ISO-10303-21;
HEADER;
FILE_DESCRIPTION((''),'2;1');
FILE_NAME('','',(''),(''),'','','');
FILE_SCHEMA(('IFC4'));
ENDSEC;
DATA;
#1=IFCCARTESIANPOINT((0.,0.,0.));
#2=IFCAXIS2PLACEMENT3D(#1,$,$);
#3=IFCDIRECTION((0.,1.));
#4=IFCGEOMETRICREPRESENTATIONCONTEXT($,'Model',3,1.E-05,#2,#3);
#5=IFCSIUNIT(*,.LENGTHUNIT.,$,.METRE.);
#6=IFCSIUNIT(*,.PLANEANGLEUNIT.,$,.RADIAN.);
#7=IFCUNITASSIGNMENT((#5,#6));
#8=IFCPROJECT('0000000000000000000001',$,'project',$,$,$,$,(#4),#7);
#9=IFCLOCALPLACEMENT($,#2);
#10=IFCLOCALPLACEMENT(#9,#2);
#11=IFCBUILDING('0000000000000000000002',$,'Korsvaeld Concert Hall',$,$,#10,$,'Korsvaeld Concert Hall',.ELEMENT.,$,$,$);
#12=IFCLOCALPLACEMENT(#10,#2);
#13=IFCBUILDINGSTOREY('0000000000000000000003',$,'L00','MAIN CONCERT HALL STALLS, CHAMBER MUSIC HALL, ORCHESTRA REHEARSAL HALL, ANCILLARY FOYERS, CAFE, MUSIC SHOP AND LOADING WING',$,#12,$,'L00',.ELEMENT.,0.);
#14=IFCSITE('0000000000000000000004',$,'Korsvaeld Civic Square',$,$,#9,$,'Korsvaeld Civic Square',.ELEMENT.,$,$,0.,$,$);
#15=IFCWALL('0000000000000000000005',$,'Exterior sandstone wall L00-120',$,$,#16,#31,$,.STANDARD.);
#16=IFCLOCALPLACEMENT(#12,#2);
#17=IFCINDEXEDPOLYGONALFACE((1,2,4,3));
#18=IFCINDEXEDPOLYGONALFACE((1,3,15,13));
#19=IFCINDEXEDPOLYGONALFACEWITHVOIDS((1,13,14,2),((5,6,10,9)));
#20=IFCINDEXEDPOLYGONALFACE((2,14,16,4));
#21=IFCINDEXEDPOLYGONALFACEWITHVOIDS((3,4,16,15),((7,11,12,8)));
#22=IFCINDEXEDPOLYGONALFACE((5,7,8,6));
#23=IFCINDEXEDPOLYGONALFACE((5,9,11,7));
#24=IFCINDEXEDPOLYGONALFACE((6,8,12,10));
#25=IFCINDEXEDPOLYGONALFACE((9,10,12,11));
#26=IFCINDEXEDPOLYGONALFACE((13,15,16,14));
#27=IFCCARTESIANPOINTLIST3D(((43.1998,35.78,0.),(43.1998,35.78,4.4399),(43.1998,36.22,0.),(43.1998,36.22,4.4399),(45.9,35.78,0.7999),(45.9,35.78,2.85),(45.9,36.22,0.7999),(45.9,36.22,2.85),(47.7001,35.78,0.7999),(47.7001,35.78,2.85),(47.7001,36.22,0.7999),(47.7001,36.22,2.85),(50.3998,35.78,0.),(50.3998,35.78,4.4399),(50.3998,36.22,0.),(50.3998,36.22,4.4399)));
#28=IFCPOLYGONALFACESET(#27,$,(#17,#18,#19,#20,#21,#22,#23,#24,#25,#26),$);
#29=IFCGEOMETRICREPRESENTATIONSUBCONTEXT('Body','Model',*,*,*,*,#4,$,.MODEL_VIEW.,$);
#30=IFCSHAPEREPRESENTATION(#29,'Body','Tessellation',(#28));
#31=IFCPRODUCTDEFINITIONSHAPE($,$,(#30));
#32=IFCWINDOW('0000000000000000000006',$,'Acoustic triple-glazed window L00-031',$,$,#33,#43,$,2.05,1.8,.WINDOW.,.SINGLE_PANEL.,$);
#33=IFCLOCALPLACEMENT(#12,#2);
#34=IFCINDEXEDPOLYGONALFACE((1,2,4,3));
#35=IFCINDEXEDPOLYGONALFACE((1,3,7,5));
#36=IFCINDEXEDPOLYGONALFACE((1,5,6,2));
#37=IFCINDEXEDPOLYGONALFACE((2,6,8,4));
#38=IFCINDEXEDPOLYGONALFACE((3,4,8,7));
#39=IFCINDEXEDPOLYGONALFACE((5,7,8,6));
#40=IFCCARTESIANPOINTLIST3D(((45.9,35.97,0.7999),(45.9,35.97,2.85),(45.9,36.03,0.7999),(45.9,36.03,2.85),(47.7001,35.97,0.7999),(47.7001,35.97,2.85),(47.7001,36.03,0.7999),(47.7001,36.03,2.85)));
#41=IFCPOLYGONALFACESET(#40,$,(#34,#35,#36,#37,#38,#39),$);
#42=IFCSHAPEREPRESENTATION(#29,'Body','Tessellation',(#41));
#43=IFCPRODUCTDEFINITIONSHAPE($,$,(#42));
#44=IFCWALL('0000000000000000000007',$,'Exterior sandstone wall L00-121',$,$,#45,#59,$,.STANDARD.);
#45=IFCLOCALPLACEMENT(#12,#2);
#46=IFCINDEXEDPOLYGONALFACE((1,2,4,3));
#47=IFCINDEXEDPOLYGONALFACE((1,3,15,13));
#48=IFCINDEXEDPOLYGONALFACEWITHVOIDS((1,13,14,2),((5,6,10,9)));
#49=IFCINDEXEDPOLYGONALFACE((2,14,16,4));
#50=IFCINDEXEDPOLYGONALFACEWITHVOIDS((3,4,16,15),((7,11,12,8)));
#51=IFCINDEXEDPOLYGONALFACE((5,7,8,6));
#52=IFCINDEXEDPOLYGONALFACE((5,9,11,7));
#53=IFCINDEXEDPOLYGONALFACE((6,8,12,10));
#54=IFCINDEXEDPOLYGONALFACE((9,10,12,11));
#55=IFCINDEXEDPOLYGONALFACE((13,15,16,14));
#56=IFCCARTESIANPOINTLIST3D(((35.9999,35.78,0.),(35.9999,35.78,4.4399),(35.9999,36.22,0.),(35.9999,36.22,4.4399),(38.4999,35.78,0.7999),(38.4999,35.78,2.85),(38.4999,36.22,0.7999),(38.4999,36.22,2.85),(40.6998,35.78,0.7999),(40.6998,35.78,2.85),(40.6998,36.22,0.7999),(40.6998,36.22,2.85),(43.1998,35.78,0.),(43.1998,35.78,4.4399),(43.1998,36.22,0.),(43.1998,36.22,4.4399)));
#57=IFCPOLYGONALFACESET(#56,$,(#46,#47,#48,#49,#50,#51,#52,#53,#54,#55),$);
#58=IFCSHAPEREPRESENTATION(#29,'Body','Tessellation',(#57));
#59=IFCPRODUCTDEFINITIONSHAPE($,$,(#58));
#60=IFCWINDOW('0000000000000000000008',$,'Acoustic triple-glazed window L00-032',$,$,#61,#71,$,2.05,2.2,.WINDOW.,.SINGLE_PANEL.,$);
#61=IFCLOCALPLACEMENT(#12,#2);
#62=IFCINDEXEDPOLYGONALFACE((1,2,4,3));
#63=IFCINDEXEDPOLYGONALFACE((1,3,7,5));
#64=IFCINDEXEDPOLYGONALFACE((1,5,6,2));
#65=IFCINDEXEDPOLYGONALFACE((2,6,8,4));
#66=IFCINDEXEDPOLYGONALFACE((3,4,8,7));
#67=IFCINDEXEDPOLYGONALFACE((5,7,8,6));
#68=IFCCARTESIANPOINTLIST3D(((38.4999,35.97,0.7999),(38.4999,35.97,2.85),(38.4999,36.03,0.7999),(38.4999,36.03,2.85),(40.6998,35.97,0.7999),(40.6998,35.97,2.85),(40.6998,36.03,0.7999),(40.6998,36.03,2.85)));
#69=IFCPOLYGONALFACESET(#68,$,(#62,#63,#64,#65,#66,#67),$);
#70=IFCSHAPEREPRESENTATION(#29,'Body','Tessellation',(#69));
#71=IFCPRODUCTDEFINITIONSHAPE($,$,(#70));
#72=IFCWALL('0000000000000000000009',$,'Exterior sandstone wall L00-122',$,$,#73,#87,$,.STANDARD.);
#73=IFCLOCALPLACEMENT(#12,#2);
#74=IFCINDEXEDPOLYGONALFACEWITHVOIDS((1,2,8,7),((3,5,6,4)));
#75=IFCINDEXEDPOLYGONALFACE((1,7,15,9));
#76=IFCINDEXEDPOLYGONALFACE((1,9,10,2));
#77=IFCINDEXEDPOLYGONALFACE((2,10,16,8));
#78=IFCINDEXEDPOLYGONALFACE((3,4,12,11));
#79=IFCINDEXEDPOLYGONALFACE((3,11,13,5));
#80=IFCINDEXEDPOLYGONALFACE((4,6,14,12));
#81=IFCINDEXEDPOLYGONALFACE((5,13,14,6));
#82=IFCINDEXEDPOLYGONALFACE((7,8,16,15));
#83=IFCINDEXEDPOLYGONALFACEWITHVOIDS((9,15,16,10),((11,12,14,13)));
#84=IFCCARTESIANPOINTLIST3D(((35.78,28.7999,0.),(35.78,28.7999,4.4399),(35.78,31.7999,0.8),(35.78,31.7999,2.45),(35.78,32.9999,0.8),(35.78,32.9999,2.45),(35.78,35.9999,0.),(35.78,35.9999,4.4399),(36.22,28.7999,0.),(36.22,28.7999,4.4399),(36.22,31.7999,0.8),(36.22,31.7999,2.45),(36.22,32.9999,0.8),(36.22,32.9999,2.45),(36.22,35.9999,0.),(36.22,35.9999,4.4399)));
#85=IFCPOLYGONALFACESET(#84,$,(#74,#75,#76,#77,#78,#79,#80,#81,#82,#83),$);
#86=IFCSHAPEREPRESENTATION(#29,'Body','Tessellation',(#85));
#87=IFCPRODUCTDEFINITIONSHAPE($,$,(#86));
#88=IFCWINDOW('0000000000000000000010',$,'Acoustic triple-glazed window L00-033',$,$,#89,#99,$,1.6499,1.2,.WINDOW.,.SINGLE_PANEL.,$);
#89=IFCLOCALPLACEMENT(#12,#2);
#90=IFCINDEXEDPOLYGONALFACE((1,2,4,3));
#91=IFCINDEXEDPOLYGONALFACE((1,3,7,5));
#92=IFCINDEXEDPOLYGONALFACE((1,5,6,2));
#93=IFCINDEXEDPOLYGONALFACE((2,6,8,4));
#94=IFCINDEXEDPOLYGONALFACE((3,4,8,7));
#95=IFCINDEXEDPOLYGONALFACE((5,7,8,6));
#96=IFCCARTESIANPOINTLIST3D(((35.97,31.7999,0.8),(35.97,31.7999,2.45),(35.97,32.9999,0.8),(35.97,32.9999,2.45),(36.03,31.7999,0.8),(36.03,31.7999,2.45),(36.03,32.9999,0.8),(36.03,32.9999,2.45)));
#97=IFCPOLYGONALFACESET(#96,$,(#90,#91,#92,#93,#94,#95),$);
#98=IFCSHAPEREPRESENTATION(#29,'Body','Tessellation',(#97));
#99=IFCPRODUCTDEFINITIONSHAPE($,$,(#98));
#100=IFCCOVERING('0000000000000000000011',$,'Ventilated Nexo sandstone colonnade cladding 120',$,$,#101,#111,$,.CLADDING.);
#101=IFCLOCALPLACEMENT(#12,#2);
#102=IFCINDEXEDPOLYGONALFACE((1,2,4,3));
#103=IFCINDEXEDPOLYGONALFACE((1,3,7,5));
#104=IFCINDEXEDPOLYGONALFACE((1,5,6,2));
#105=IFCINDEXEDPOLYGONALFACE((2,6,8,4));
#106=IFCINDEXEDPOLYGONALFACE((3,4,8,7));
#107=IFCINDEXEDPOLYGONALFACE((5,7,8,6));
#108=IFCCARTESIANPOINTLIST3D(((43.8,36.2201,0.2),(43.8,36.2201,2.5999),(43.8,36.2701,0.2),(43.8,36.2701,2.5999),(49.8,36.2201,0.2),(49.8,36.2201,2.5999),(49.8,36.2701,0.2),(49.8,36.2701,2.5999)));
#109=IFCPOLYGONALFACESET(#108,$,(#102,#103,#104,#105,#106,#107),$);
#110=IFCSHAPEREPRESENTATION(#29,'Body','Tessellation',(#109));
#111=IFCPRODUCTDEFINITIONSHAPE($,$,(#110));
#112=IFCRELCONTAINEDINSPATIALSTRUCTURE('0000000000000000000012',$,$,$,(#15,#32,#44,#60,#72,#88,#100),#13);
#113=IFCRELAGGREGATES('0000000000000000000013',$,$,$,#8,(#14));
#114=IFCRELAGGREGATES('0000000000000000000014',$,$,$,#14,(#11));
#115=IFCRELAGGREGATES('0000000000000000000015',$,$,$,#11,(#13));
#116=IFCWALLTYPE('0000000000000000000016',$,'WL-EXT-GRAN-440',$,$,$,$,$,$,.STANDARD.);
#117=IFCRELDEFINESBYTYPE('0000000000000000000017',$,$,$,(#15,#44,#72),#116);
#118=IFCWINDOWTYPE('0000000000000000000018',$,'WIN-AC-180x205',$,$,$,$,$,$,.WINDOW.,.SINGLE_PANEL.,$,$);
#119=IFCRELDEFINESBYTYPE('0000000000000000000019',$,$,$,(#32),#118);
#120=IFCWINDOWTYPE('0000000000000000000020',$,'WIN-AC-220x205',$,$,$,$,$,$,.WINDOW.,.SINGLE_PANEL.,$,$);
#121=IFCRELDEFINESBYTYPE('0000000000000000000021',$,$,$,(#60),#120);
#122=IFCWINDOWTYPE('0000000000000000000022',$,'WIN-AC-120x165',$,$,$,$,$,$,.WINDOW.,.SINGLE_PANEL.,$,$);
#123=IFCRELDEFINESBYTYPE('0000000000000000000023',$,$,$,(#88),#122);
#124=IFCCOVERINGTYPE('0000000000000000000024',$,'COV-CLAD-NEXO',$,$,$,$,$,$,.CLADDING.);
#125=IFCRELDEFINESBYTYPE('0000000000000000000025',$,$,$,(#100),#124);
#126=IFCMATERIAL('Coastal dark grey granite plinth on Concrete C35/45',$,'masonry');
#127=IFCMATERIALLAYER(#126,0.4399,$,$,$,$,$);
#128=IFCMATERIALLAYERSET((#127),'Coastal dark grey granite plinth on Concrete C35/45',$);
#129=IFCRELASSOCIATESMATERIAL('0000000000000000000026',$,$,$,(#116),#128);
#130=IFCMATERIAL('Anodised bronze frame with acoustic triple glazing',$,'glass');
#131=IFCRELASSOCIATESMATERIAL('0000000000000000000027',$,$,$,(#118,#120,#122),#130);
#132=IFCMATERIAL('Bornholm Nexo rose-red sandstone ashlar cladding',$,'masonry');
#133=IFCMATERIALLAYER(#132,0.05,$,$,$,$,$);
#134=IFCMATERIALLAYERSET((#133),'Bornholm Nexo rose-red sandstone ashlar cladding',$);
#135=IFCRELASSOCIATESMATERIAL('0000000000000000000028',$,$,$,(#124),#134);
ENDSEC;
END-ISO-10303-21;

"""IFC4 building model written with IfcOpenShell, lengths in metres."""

from ifc_helpers import new_model, si_unit, direction, frame, frame_2d, origin, origin_2d, place, context, subcontext, project, spatial, rectangle, extrude, material, layer, layer_set, type_object, element, fill, save


model = new_model("IFC4")

# Units and contexts
model_context = context("Model", 3, precision=1e-05, world=origin(), true_north=direction((0.0, 1.0)))
body_context = subcontext(model_context, "Body", "Model", "MODEL_VIEW")
ifc_project = project(units=[si_unit("LENGTHUNIT", "METRE"), si_unit("PLANEANGLEUNIT", "RADIAN")], contexts=[model_context])

# Site, building, storey
site_placement = place(None, origin())
site = spatial("IfcSite", under=ifc_project, at=site_placement, Name="Korsvaeld Civic Square", LongName="Korsvaeld Civic Square", CompositionType="ELEMENT", RefElevation=0.0)
building_placement = place(site_placement, origin())
building = spatial("IfcBuilding", under=site, at=building_placement, Name="Korsvaeld Concert Hall", LongName="Korsvaeld Concert Hall", CompositionType="ELEMENT")
storey_placement = place(building_placement, origin())
storey = spatial("IfcBuildingStorey", under=building, at=storey_placement, Name="L00", Description="MAIN CONCERT HALL STALLS, CHAMBER MUSIC HALL, ORCHESTRA REHEARSAL HALL, ANCILLARY FOYERS, CAFE, MUSIC SHOP AND LOADING WING", LongName="L00", CompositionType="ELEMENT", Elevation=0.0)

# Walls, openings, windows
ifc_material_1 = material(Name="Coastal dark grey granite plinth on Concrete C35/45", Category="masonry")
ifc_layer_1 = layer(ifc_material_1, 0.4399)
ifc_layer_set_1 = layer_set([ifc_layer_1], Name="Coastal dark grey granite plinth on Concrete C35/45")
wall_type = type_object("IfcWallType", Name="WL-EXT-GRAN-440", PredefinedType="STANDARD", material=ifc_layer_set_1)
wall_1_placement = place(storey_placement, frame((50.3999, 36.0, 0.0), z_axis=(0.0, 0.0, 1.0), x_axis=(-1.0, 0.0, 0.0)))
wall_1 = element("IfcWall", 1, at=wall_1_placement, inside=storey, type_object=wall_type, Name="Exterior sandstone wall L00-120", PredefinedType="STANDARD", context=body_context, shape_type="SweptSolid", body=[
    extrude(rectangle(XDim=7.2, YDim=0.4399, at=frame_2d((3.6001, 0.0))), origin(), (0.0, 0.0, 1.0), 4.4399),
])
opening_1_placement = place(wall_1_placement, frame((2.7, 0.0, 0.8)))
opening_1 = element("IfcOpeningElement", 2, at=opening_1_placement, cuts=wall_1, PredefinedType="OPENING", context=body_context, shape_type="SweptSolid", body=[
    extrude(rectangle(XDim=1.8, YDim=2.05, at=frame_2d((0.8999, 1.0249))), frame((0.0, 0.23, 0.0), z_axis=(0.0, -1.0, 0.0), x_axis=(1.0, 0.0, 0.0)), (0.0, 0.0, 1.0), 0.46),
])
ifc_material_2 = material(Name="Anodised bronze frame with acoustic triple glazing", Category="glass")
window_type_1 = type_object("IfcWindowType", Name="WIN-AC-180x205", PartitioningType="SINGLE_PANEL", PredefinedType="WINDOW", material=ifc_material_2)
window_1_placement = place(opening_1_placement, origin())
window_1 = element("IfcWindow", 3, at=window_1_placement, inside=storey, type_object=window_type_1, Name="Acoustic triple-glazed window L00-031", OverallHeight=2.05, OverallWidth=1.8, PartitioningType="SINGLE_PANEL", PredefinedType="WINDOW", context=body_context, shape_type="SweptSolid", body=[
    extrude(rectangle(XDim=1.8, YDim=2.05, at=frame_2d((0.8999, 1.0249))), frame((0.0, 0.03, 0.0), z_axis=(0.0, -1.0, 0.0), x_axis=(1.0, 0.0, 0.0)), (0.0, 0.0, 1.0), 0.0601),
])
fill(opening_1, window_1)
wall_2_placement = place(storey_placement, frame((43.2, 36.0, 0.0), z_axis=(0.0, 0.0, 1.0), x_axis=(-1.0, 0.0, 0.0)))
wall_2 = element("IfcWall", 4, at=wall_2_placement, inside=storey, type_object=wall_type, Name="Exterior sandstone wall L00-121", PredefinedType="STANDARD", context=body_context, shape_type="SweptSolid", body=[
    extrude(rectangle(XDim=7.2, YDim=0.4399, at=frame_2d((3.6001, 0.0))), origin(), (0.0, 0.0, 1.0), 4.4399),
])
opening_2_placement = place(wall_2_placement, frame((2.5, 0.0, 0.8)))
opening_2 = element("IfcOpeningElement", 5, at=opening_2_placement, cuts=wall_2, PredefinedType="OPENING", context=body_context, shape_type="SweptSolid", body=[
    extrude(rectangle(XDim=2.2, YDim=2.05, at=frame_2d((1.1001, 1.0249))), frame((0.0, 0.23, 0.0), z_axis=(0.0, -1.0, 0.0), x_axis=(1.0, 0.0, 0.0)), (0.0, 0.0, 1.0), 0.46),
])
window_type_2 = type_object("IfcWindowType", Name="WIN-AC-220x205", PartitioningType="SINGLE_PANEL", PredefinedType="WINDOW", material=ifc_material_2)
window_2_placement = place(opening_2_placement, origin())
window_2 = element("IfcWindow", 6, at=window_2_placement, inside=storey, type_object=window_type_2, Name="Acoustic triple-glazed window L00-032", OverallHeight=2.05, OverallWidth=2.2, PartitioningType="SINGLE_PANEL", PredefinedType="WINDOW", context=body_context, shape_type="SweptSolid", body=[
    extrude(rectangle(XDim=2.2, YDim=2.05, at=frame_2d((1.1001, 1.0249))), frame((0.0, 0.03, 0.0), z_axis=(0.0, -1.0, 0.0), x_axis=(1.0, 0.0, 0.0)), (0.0, 0.0, 1.0), 0.0601),
])
fill(opening_2, window_2)
wall_3_placement = place(storey_placement, frame((36.0, 36.0, 0.0), z_axis=(0.0, 0.0, 1.0), x_axis=(0.0, -1.0, 0.0)))
wall_3 = element("IfcWall", 7, at=wall_3_placement, inside=storey, type_object=wall_type, Name="Exterior sandstone wall L00-122", PredefinedType="STANDARD", context=body_context, shape_type="SweptSolid", body=[
    extrude(rectangle(XDim=7.2, YDim=0.4399, at=frame_2d((3.6001, 0.0))), origin(), (0.0, 0.0, 1.0), 4.4399),
])
opening_3_placement = place(wall_3_placement, frame((3.0, 0.0, 0.8)))
opening_3 = element("IfcOpeningElement", 8, at=opening_3_placement, cuts=wall_3, PredefinedType="OPENING", context=body_context, shape_type="SweptSolid", body=[
    extrude(rectangle(XDim=1.2, YDim=1.6499, at=frame_2d((0.6001, 0.825))), frame((0.0, 0.23, 0.0), z_axis=(0.0, -1.0, 0.0), x_axis=(1.0, 0.0, 0.0)), (0.0, 0.0, 1.0), 0.46),
])
window_type_3 = type_object("IfcWindowType", Name="WIN-AC-120x165", PartitioningType="SINGLE_PANEL", PredefinedType="WINDOW", material=ifc_material_2)
window_3_placement = place(opening_3_placement, origin())
window_3 = element("IfcWindow", 9, at=window_3_placement, inside=storey, type_object=window_type_3, Name="Acoustic triple-glazed window L00-033", OverallHeight=1.6499, OverallWidth=1.2, PartitioningType="SINGLE_PANEL", PredefinedType="WINDOW", context=body_context, shape_type="SweptSolid", body=[
    extrude(rectangle(XDim=1.2, YDim=1.6499, at=frame_2d((0.6001, 0.825))), frame((0.0, 0.03, 0.0), z_axis=(0.0, -1.0, 0.0), x_axis=(1.0, 0.0, 0.0)), (0.0, 0.0, 1.0), 0.0601),
])
fill(opening_3, window_3)

# Covering
ifc_material_3 = material(Name="Bornholm Nexo rose-red sandstone ashlar cladding", Category="masonry")
ifc_layer_2 = layer(ifc_material_3, 0.05)
ifc_layer_set_2 = layer_set([ifc_layer_2], Name="Bornholm Nexo rose-red sandstone ashlar cladding")
covering_type = type_object("IfcCoveringType", Name="COV-CLAD-NEXO", PredefinedType="CLADDING", material=ifc_layer_set_2)
covering_placement = place(storey_placement, frame((46.8, 36.2451, 0.2), z_axis=(0.0, 0.0, 1.0), x_axis=(-1.0, 0.0, 0.0)))
element("IfcCovering", 10, at=covering_placement, inside=storey, type_object=covering_type, Name="Ventilated Nexo sandstone colonnade cladding 120", PredefinedType="CLADDING", context=body_context, shape_type="SweptSolid", body=[
    extrude(rectangle(XDim=6.0, YDim=0.05, at=origin_2d()), origin(), (0.0, 0.0, 1.0), 2.3999),
])

save(model, "model.ifc")
